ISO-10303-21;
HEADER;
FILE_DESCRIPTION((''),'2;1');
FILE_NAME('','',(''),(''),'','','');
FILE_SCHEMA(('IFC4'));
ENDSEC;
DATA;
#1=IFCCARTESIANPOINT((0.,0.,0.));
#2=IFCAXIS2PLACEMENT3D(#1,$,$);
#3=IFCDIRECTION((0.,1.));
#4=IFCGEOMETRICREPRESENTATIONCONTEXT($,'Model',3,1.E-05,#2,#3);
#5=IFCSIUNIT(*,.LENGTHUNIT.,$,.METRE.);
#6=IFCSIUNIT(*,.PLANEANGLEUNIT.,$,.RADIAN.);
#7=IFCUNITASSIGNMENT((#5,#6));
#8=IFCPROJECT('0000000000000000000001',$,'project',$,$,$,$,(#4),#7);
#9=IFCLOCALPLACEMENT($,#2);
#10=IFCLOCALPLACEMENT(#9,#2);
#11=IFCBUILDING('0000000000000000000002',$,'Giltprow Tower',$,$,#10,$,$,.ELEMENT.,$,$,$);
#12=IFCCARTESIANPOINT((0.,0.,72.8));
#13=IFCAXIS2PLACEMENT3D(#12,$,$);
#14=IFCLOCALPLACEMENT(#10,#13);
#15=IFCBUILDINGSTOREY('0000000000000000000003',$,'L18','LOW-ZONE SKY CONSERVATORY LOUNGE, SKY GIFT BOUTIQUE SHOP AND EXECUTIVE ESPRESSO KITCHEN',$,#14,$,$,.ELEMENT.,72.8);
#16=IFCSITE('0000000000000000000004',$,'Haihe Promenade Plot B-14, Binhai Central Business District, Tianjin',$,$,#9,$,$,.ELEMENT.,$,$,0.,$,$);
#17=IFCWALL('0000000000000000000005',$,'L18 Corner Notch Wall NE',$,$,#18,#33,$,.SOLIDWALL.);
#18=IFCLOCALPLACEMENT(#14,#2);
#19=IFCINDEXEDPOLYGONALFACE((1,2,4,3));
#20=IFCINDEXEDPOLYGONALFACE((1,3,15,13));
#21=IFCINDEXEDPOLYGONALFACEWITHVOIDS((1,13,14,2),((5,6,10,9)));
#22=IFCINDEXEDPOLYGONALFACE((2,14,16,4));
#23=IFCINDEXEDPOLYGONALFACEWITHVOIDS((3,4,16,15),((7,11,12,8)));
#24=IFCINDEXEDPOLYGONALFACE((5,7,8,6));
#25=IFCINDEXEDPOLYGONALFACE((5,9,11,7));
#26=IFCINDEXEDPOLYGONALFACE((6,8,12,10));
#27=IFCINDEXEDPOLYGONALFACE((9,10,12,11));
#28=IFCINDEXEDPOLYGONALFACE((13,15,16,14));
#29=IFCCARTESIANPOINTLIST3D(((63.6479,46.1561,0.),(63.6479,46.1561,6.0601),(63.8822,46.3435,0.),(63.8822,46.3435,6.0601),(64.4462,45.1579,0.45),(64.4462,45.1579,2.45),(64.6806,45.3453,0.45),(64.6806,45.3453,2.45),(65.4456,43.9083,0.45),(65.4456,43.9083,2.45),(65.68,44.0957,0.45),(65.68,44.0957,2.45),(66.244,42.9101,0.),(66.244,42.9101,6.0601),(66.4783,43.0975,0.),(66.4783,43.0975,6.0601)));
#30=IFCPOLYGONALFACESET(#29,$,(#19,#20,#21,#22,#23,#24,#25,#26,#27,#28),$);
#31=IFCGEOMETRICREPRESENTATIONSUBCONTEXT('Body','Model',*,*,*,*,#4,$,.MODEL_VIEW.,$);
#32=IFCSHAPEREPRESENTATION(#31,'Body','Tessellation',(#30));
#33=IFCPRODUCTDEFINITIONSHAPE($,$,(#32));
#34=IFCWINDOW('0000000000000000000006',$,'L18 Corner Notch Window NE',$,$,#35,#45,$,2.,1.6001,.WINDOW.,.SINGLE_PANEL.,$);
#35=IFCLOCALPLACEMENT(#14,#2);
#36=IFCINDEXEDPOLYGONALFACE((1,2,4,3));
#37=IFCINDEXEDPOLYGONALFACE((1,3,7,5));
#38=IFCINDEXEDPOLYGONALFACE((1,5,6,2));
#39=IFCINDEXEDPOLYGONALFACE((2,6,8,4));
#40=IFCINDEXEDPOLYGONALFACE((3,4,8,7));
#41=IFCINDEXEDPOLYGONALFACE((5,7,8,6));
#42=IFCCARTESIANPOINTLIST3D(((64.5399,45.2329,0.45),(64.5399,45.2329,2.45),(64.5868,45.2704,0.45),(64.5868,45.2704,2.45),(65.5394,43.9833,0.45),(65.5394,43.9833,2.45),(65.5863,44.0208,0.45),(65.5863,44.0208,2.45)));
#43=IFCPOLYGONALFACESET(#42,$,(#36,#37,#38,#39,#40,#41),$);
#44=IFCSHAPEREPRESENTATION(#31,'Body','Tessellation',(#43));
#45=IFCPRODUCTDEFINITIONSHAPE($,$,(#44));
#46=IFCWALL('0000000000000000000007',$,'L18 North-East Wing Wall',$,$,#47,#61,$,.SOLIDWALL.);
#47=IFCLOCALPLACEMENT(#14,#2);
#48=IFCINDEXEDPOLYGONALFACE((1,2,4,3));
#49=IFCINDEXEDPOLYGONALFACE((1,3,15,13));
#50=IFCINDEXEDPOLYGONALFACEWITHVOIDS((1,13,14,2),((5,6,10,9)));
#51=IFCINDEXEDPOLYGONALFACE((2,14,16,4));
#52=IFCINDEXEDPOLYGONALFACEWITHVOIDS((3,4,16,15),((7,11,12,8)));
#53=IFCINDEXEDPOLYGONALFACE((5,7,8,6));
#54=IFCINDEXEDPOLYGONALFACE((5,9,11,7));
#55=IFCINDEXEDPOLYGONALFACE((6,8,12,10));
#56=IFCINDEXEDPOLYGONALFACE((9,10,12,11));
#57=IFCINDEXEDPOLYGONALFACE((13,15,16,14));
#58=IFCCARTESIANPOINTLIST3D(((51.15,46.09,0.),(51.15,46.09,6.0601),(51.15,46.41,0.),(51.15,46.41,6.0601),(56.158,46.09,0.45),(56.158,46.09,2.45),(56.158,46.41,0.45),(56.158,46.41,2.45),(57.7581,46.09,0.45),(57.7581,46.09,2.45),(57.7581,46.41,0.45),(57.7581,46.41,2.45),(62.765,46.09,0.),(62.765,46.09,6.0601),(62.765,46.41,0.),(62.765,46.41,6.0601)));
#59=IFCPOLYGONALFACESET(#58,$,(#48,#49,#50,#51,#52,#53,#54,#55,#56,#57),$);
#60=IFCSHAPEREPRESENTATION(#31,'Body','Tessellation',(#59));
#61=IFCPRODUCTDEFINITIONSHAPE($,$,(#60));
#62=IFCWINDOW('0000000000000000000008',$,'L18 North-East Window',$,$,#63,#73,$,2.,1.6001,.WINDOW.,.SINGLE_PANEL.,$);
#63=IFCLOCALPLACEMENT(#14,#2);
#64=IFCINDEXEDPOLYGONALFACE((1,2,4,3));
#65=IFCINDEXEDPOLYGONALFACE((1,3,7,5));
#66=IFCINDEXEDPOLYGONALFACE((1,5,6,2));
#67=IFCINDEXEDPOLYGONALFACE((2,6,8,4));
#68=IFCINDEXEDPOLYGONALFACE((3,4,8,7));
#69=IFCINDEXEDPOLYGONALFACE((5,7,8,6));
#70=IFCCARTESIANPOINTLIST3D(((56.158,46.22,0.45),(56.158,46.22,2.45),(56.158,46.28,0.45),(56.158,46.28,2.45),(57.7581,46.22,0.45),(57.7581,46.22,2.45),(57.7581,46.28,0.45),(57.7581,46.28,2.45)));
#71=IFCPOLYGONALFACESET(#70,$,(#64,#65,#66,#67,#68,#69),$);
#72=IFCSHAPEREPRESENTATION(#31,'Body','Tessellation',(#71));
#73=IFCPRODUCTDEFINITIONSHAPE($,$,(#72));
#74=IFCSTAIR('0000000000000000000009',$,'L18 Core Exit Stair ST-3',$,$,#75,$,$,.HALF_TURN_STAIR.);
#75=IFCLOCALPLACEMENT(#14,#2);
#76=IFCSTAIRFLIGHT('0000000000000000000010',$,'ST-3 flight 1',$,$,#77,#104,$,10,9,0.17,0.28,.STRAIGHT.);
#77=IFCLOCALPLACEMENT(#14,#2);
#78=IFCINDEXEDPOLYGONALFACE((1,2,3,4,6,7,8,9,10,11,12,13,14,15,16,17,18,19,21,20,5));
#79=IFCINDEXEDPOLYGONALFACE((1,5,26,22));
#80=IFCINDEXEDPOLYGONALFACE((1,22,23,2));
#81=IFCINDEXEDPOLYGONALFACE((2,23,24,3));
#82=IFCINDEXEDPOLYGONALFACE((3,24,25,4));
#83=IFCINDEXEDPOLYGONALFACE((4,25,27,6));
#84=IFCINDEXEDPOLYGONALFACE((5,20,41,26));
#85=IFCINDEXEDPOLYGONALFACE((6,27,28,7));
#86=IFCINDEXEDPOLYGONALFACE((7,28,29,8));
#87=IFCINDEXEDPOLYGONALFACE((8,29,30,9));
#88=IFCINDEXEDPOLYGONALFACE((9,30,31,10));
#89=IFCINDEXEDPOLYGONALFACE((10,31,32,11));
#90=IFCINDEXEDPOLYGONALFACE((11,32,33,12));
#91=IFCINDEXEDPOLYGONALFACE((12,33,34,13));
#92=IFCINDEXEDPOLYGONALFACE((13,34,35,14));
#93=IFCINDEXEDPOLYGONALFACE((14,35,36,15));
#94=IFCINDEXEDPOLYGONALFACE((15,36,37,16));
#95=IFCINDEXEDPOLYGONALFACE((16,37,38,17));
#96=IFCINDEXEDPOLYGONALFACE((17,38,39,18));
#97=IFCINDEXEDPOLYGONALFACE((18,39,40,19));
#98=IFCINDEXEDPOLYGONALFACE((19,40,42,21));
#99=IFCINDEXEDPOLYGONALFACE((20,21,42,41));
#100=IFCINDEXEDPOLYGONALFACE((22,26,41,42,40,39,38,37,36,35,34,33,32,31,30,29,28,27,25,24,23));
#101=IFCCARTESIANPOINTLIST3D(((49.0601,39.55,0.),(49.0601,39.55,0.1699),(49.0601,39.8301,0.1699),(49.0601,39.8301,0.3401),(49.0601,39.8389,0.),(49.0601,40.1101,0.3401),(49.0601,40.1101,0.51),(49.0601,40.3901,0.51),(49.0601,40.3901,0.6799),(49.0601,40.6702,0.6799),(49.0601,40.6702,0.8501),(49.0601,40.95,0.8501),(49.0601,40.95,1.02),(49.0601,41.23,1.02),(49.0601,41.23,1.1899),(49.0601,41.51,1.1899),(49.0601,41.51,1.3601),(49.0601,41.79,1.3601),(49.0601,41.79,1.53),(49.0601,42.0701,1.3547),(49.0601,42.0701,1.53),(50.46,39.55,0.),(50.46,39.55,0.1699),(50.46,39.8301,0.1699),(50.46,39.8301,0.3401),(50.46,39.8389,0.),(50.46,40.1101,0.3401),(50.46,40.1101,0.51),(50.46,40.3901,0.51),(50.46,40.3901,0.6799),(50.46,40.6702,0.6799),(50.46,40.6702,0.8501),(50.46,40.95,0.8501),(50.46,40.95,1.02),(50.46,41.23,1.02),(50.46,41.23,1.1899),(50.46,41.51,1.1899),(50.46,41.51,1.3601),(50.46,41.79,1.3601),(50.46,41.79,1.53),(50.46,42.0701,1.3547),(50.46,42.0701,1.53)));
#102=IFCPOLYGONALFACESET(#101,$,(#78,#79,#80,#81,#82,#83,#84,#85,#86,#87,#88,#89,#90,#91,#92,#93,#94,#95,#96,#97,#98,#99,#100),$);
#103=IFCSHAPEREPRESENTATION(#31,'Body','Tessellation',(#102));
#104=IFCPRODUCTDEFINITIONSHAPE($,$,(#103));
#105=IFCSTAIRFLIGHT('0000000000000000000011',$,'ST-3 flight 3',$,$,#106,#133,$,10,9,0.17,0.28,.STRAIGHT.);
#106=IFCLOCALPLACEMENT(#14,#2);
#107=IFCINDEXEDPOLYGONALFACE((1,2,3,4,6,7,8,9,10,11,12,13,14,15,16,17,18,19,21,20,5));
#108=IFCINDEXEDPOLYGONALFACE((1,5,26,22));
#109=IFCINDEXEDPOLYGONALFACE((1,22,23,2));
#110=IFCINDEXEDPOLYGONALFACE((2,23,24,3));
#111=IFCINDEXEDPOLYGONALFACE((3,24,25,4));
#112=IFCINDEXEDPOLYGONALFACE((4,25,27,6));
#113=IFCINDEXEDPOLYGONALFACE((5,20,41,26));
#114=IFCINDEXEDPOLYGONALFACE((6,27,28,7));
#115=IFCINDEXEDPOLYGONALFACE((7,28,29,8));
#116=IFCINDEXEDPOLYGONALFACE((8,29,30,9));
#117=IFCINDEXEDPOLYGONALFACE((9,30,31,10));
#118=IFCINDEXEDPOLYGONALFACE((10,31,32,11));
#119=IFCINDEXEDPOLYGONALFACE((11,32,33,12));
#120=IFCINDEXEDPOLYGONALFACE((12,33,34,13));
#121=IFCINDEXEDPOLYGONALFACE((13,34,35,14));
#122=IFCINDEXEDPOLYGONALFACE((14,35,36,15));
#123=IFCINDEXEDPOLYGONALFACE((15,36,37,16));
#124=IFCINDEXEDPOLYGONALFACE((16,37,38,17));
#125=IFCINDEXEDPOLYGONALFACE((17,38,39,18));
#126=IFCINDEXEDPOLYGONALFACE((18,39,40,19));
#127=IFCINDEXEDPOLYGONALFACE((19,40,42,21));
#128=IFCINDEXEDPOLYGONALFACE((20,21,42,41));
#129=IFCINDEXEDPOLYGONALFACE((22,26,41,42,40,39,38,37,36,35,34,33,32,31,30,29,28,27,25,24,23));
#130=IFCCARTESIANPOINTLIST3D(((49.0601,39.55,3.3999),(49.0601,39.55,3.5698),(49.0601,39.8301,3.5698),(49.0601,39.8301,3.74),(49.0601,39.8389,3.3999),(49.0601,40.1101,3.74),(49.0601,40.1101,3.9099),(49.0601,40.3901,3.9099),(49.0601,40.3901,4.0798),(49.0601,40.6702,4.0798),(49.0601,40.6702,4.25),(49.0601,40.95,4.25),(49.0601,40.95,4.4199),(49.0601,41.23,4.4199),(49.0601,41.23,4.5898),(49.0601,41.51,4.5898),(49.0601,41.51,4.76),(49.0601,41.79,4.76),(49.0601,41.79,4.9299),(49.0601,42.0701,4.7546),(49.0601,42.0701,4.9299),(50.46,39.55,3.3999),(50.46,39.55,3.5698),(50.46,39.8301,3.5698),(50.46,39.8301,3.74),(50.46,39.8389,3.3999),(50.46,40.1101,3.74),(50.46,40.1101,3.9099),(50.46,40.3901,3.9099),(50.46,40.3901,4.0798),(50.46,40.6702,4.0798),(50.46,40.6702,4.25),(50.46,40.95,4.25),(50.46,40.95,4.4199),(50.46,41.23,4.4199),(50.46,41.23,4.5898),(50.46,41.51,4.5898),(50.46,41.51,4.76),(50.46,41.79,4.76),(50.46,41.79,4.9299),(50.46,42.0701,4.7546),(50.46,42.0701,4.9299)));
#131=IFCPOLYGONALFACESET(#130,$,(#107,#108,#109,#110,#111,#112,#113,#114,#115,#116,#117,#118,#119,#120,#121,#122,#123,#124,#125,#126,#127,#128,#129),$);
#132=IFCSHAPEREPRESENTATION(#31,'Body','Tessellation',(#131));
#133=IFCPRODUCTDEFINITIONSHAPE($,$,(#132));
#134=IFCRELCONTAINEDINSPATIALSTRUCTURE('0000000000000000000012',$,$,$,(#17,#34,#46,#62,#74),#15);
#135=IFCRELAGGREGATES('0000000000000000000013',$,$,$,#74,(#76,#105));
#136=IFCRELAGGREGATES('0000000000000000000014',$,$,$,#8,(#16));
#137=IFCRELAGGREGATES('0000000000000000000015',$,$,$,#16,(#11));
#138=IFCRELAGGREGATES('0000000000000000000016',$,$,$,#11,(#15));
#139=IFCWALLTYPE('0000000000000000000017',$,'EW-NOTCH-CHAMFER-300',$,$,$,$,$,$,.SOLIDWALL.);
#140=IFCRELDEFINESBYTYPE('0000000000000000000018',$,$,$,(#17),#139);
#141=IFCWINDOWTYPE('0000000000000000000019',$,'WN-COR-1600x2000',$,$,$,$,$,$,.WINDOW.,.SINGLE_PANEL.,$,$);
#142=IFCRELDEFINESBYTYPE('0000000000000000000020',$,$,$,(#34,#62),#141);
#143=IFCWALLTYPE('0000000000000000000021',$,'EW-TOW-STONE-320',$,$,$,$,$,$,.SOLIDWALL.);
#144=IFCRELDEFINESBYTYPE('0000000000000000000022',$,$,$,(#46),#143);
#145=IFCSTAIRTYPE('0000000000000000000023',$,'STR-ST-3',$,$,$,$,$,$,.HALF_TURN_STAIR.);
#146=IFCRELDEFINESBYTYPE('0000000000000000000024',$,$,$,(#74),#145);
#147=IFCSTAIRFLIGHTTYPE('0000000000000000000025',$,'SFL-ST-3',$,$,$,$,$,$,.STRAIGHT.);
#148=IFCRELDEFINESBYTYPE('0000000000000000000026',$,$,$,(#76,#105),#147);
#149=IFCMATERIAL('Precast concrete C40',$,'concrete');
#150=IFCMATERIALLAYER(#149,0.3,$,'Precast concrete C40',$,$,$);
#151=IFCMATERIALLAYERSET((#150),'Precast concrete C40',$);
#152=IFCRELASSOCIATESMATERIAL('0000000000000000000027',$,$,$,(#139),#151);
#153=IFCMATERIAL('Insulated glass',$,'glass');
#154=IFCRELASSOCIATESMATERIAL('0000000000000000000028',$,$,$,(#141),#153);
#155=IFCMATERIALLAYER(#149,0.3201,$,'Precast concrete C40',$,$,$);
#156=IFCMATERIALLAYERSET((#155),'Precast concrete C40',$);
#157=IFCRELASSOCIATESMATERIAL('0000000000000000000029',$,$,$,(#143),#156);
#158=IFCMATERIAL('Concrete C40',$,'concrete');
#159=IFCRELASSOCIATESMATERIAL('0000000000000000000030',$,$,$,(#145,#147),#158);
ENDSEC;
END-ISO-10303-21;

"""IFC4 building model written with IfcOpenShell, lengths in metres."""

from ifc_helpers import new_model, si_unit, direction, frame, frame_2d, origin, place, context, subcontext, project, spatial, polyline, rectangle, outline, extrude, source, transform, mapped, material, layer, layer_set, type_object, element, fill, aggregate, save


model = new_model("IFC4")

# Units and contexts
model_context = context("Model", 3, precision=1e-05, world=origin(), true_north=direction((0.0, 1.0)))
body_context = subcontext(model_context, "Body", "Model", "MODEL_VIEW")
ifc_project = project(units=[si_unit("LENGTHUNIT", "METRE"), si_unit("PLANEANGLEUNIT", "RADIAN")], contexts=[model_context])

# Site, building, storey
site_placement = place(None, origin())
site = spatial("IfcSite", under=ifc_project, at=site_placement, Name="Haihe Promenade Plot B-14, Binhai Central Business District, Tianjin", CompositionType="ELEMENT", RefElevation=0.0)
building_placement = place(site_placement, origin())
building = spatial("IfcBuilding", under=site, at=building_placement, Name="Giltprow Tower", CompositionType="ELEMENT")
storey_placement = place(building_placement, frame((0.0, 0.0, 72.8)))
storey = spatial("IfcBuildingStorey", under=building, at=storey_placement, Name="L18", Description="LOW-ZONE SKY CONSERVATORY LOUNGE, SKY GIFT BOUTIQUE SHOP AND EXECUTIVE ESPRESSO KITCHEN", CompositionType="ELEMENT", Elevation=72.8)

# Walls, openings, windows
ifc_material_1 = material(Name="Precast concrete C40", Category="concrete")
ifc_layer_1 = layer(ifc_material_1, 0.3, Name="Precast concrete C40")
ifc_layer_set_1 = layer_set([ifc_layer_1], Name="Precast concrete C40")
wall_type_1 = type_object("IfcWallType", Name="EW-NOTCH-CHAMFER-300", PredefinedType="SOLIDWALL", material=ifc_layer_set_1)
wall_1_placement = place(storey_placement, frame((66.3611, 43.0039, 0.0), z_axis=(0.0, 0.0, 1.0), x_axis=(-0.624595, 0.780949, 0.0)))
wall_1 = element("IfcWall", 1, at=wall_1_placement, inside=storey, type_object=wall_type_1, Name="L18 Corner Notch Wall NE", PredefinedType="SOLIDWALL", context=body_context, shape_type="SweptSolid", body=[
    extrude(rectangle(XDim=4.1565, YDim=0.3, at=frame_2d((2.0781, 0.0))), origin(), (0.0, 0.0, 1.0), 6.0601),
])
opening_1_placement = place(wall_1_placement, frame((1.2781, 0.0, 0.45)))
opening_1 = element("IfcOpeningElement", 2, at=opening_1_placement, cuts=wall_1, PredefinedType="OPENING", context=body_context, shape_type="SweptSolid", body=[
    extrude(rectangle(XDim=1.6001, YDim=2.0, at=frame_2d((0.8, 1.0))), frame((0.0, 0.1599, 0.0), z_axis=(0.0, -1.0, 0.0), x_axis=(1.0, 0.0, 0.0)), (0.0, 0.0, 1.0), 0.3201),
])
ifc_material_2 = material(Name="Insulated glass", Category="glass")
window_type = type_object("IfcWindowType", Name="WN-COR-1600x2000", PartitioningType="SINGLE_PANEL", PredefinedType="WINDOW", material=ifc_material_2)
shared_shape_1 = source(origin(), body_context, "Body", "SweptSolid", [
    extrude(rectangle(XDim=1.6001, YDim=2.0, at=frame_2d((0.8, 1.0))), frame((0.0, 0.03, 0.0), z_axis=(0.0, -1.0, 0.0), x_axis=(1.0, 0.0, 0.0)), (0.0, 0.0, 1.0), 0.0601),
])
window_1_placement = place(opening_1_placement, origin())
window_1 = element("IfcWindow", 3, at=window_1_placement, inside=storey, type_object=window_type, Name="L18 Corner Notch Window NE", OverallHeight=2.0, OverallWidth=1.6001, PartitioningType="SINGLE_PANEL", PredefinedType="WINDOW", context=body_context, shape_type="MappedRepresentation", body=[
    mapped(shared_shape_1, transform((0.0, 0.0, 0.0), x_axis=(1.0, 0.0, 0.0), y_axis=(0.0, 1.0, 0.0), z_axis=(0.0, 0.0, 1.0), scale=1.0)),
])
fill(opening_1, window_1)
ifc_layer_2 = layer(ifc_material_1, 0.3201, Name="Precast concrete C40")
ifc_layer_set_2 = layer_set([ifc_layer_2], Name="Precast concrete C40")
wall_type_2 = type_object("IfcWallType", Name="EW-TOW-STONE-320", PredefinedType="SOLIDWALL", material=ifc_layer_set_2)
wall_2_placement = place(storey_placement, frame((51.1499, 46.25, 0.0), z_axis=(0.0, 0.0, 1.0), x_axis=(1.0, 0.0, 0.0)))
wall_2 = element("IfcWall", 4, at=wall_2_placement, inside=storey, type_object=wall_type_2, Name="L18 North-East Wing Wall", PredefinedType="SOLIDWALL", context=body_context, shape_type="SweptSolid", body=[
    extrude(rectangle(XDim=11.615, YDim=0.3201, at=frame_2d((5.8076, 0.0))), origin(), (0.0, 0.0, 1.0), 6.0601),
])
opening_2_placement = place(wall_2_placement, frame((5.0081, 0.0, 0.45)))
opening_2 = element("IfcOpeningElement", 5, at=opening_2_placement, cuts=wall_2, PredefinedType="OPENING", context=body_context, shape_type="SweptSolid", body=[
    extrude(rectangle(XDim=1.6001, YDim=2.0, at=frame_2d((0.8, 1.0))), frame((0.0, 0.1699, 0.0), z_axis=(0.0, -1.0, 0.0), x_axis=(1.0, 0.0, 0.0)), (0.0, 0.0, 1.0), 0.3401),
])
window_2_placement = place(opening_2_placement, origin())
window_2 = element("IfcWindow", 6, at=window_2_placement, inside=storey, type_object=window_type, Name="L18 North-East Window", OverallHeight=2.0, OverallWidth=1.6001, PartitioningType="SINGLE_PANEL", PredefinedType="WINDOW", context=body_context, shape_type="MappedRepresentation", body=[
    mapped(shared_shape_1, transform((0.0, 0.0, 0.0), x_axis=(1.0, 0.0, 0.0), y_axis=(0.0, 1.0, 0.0), z_axis=(0.0, 0.0, 1.0), scale=1.0)),
])
fill(opening_2, window_2)

# Stair, stair flights
ifc_material_3 = material(Name="Concrete C40", Category="concrete")
stair_type = type_object("IfcStairType", Name="STR-ST-3", PredefinedType="HALF_TURN_STAIR", material=ifc_material_3)
stair_placement = place(storey_placement, origin())
stair = element("IfcStair", 7, at=stair_placement, inside=storey, type_object=stair_type, Name="L18 Core Exit Stair ST-3", PredefinedType="HALF_TURN_STAIR")
stair_flight_type = type_object("IfcStairFlightType", Name="SFL-ST-3", PredefinedType="STRAIGHT", material=ifc_material_3)
stair_flight_1_placement = place(storey_placement, frame((49.76, 39.55, 0.0), z_axis=(0.0, 0.0, 1.0), x_axis=(0.0, 1.0, 0.0)))
stair_flight_1 = element("IfcStairFlight", 8, at=stair_flight_1_placement, type_object=stair_flight_type, Name="ST-3 flight 1", NumberOfRisers=10, NumberOfTreads=9, PredefinedType="STRAIGHT", RiserHeight=0.17, TreadLength=0.28, context=body_context, shape_type="SweptSolid", body=[
    extrude(outline(polyline([(0.0, 0.0), (0.0, 0.1699), (0.28, 0.1699), (0.28, 0.3401), (0.5601, 0.3401), (0.5601, 0.51), (0.8401, 0.51), (0.8401, 0.6799), (1.1201, 0.6799), (1.1201, 0.8501), (1.3999, 0.8501), (1.3999, 1.02), (1.6799, 1.02), (1.6799, 1.1899), (1.96, 1.1899), (1.96, 1.3601), (2.24, 1.3601), (2.24, 1.53), (2.52, 1.53), (2.52, 1.7), (2.52, 1.3547), (0.2888, 0.0), (0.0, 0.0)])), frame((0.0, 0.7, 0.0), z_axis=(0.0, -1.0, 0.0), x_axis=(1.0, 0.0, 0.0)), (0.0, 0.0, 1.0), 1.3999),
])
stair_flight_2_placement = place(storey_placement, frame((49.76, 39.55, 3.3999), z_axis=(0.0, 0.0, 1.0), x_axis=(0.0, 1.0, 0.0)))
stair_flight_2 = element("IfcStairFlight", 9, at=stair_flight_2_placement, type_object=stair_flight_type, Name="ST-3 flight 3", NumberOfRisers=10, NumberOfTreads=9, PredefinedType="STRAIGHT", RiserHeight=0.17, TreadLength=0.28, context=body_context, shape_type="SweptSolid", body=[
    extrude(outline(polyline([(0.0, 0.0), (0.0, 0.1699), (0.28, 0.1699), (0.28, 0.3401), (0.5601, 0.3401), (0.5601, 0.51), (0.8401, 0.51), (0.8401, 0.6799), (1.1201, 0.6799), (1.1201, 0.8501), (1.3999, 0.8501), (1.3999, 1.02), (1.6799, 1.02), (1.6799, 1.1899), (1.96, 1.1899), (1.96, 1.3601), (2.24, 1.3601), (2.24, 1.53), (2.52, 1.53), (2.52, 1.7), (2.52, 1.3547), (0.2888, 0.0), (0.0, 0.0)])), frame((0.0, 0.7, 0.0), z_axis=(0.0, -1.0, 0.0), x_axis=(1.0, 0.0, 0.0)), (0.0, 0.0, 1.0), 1.3999),
])
aggregate(stair, [stair_flight_1, stair_flight_2])

save(model, "model.ifc")
